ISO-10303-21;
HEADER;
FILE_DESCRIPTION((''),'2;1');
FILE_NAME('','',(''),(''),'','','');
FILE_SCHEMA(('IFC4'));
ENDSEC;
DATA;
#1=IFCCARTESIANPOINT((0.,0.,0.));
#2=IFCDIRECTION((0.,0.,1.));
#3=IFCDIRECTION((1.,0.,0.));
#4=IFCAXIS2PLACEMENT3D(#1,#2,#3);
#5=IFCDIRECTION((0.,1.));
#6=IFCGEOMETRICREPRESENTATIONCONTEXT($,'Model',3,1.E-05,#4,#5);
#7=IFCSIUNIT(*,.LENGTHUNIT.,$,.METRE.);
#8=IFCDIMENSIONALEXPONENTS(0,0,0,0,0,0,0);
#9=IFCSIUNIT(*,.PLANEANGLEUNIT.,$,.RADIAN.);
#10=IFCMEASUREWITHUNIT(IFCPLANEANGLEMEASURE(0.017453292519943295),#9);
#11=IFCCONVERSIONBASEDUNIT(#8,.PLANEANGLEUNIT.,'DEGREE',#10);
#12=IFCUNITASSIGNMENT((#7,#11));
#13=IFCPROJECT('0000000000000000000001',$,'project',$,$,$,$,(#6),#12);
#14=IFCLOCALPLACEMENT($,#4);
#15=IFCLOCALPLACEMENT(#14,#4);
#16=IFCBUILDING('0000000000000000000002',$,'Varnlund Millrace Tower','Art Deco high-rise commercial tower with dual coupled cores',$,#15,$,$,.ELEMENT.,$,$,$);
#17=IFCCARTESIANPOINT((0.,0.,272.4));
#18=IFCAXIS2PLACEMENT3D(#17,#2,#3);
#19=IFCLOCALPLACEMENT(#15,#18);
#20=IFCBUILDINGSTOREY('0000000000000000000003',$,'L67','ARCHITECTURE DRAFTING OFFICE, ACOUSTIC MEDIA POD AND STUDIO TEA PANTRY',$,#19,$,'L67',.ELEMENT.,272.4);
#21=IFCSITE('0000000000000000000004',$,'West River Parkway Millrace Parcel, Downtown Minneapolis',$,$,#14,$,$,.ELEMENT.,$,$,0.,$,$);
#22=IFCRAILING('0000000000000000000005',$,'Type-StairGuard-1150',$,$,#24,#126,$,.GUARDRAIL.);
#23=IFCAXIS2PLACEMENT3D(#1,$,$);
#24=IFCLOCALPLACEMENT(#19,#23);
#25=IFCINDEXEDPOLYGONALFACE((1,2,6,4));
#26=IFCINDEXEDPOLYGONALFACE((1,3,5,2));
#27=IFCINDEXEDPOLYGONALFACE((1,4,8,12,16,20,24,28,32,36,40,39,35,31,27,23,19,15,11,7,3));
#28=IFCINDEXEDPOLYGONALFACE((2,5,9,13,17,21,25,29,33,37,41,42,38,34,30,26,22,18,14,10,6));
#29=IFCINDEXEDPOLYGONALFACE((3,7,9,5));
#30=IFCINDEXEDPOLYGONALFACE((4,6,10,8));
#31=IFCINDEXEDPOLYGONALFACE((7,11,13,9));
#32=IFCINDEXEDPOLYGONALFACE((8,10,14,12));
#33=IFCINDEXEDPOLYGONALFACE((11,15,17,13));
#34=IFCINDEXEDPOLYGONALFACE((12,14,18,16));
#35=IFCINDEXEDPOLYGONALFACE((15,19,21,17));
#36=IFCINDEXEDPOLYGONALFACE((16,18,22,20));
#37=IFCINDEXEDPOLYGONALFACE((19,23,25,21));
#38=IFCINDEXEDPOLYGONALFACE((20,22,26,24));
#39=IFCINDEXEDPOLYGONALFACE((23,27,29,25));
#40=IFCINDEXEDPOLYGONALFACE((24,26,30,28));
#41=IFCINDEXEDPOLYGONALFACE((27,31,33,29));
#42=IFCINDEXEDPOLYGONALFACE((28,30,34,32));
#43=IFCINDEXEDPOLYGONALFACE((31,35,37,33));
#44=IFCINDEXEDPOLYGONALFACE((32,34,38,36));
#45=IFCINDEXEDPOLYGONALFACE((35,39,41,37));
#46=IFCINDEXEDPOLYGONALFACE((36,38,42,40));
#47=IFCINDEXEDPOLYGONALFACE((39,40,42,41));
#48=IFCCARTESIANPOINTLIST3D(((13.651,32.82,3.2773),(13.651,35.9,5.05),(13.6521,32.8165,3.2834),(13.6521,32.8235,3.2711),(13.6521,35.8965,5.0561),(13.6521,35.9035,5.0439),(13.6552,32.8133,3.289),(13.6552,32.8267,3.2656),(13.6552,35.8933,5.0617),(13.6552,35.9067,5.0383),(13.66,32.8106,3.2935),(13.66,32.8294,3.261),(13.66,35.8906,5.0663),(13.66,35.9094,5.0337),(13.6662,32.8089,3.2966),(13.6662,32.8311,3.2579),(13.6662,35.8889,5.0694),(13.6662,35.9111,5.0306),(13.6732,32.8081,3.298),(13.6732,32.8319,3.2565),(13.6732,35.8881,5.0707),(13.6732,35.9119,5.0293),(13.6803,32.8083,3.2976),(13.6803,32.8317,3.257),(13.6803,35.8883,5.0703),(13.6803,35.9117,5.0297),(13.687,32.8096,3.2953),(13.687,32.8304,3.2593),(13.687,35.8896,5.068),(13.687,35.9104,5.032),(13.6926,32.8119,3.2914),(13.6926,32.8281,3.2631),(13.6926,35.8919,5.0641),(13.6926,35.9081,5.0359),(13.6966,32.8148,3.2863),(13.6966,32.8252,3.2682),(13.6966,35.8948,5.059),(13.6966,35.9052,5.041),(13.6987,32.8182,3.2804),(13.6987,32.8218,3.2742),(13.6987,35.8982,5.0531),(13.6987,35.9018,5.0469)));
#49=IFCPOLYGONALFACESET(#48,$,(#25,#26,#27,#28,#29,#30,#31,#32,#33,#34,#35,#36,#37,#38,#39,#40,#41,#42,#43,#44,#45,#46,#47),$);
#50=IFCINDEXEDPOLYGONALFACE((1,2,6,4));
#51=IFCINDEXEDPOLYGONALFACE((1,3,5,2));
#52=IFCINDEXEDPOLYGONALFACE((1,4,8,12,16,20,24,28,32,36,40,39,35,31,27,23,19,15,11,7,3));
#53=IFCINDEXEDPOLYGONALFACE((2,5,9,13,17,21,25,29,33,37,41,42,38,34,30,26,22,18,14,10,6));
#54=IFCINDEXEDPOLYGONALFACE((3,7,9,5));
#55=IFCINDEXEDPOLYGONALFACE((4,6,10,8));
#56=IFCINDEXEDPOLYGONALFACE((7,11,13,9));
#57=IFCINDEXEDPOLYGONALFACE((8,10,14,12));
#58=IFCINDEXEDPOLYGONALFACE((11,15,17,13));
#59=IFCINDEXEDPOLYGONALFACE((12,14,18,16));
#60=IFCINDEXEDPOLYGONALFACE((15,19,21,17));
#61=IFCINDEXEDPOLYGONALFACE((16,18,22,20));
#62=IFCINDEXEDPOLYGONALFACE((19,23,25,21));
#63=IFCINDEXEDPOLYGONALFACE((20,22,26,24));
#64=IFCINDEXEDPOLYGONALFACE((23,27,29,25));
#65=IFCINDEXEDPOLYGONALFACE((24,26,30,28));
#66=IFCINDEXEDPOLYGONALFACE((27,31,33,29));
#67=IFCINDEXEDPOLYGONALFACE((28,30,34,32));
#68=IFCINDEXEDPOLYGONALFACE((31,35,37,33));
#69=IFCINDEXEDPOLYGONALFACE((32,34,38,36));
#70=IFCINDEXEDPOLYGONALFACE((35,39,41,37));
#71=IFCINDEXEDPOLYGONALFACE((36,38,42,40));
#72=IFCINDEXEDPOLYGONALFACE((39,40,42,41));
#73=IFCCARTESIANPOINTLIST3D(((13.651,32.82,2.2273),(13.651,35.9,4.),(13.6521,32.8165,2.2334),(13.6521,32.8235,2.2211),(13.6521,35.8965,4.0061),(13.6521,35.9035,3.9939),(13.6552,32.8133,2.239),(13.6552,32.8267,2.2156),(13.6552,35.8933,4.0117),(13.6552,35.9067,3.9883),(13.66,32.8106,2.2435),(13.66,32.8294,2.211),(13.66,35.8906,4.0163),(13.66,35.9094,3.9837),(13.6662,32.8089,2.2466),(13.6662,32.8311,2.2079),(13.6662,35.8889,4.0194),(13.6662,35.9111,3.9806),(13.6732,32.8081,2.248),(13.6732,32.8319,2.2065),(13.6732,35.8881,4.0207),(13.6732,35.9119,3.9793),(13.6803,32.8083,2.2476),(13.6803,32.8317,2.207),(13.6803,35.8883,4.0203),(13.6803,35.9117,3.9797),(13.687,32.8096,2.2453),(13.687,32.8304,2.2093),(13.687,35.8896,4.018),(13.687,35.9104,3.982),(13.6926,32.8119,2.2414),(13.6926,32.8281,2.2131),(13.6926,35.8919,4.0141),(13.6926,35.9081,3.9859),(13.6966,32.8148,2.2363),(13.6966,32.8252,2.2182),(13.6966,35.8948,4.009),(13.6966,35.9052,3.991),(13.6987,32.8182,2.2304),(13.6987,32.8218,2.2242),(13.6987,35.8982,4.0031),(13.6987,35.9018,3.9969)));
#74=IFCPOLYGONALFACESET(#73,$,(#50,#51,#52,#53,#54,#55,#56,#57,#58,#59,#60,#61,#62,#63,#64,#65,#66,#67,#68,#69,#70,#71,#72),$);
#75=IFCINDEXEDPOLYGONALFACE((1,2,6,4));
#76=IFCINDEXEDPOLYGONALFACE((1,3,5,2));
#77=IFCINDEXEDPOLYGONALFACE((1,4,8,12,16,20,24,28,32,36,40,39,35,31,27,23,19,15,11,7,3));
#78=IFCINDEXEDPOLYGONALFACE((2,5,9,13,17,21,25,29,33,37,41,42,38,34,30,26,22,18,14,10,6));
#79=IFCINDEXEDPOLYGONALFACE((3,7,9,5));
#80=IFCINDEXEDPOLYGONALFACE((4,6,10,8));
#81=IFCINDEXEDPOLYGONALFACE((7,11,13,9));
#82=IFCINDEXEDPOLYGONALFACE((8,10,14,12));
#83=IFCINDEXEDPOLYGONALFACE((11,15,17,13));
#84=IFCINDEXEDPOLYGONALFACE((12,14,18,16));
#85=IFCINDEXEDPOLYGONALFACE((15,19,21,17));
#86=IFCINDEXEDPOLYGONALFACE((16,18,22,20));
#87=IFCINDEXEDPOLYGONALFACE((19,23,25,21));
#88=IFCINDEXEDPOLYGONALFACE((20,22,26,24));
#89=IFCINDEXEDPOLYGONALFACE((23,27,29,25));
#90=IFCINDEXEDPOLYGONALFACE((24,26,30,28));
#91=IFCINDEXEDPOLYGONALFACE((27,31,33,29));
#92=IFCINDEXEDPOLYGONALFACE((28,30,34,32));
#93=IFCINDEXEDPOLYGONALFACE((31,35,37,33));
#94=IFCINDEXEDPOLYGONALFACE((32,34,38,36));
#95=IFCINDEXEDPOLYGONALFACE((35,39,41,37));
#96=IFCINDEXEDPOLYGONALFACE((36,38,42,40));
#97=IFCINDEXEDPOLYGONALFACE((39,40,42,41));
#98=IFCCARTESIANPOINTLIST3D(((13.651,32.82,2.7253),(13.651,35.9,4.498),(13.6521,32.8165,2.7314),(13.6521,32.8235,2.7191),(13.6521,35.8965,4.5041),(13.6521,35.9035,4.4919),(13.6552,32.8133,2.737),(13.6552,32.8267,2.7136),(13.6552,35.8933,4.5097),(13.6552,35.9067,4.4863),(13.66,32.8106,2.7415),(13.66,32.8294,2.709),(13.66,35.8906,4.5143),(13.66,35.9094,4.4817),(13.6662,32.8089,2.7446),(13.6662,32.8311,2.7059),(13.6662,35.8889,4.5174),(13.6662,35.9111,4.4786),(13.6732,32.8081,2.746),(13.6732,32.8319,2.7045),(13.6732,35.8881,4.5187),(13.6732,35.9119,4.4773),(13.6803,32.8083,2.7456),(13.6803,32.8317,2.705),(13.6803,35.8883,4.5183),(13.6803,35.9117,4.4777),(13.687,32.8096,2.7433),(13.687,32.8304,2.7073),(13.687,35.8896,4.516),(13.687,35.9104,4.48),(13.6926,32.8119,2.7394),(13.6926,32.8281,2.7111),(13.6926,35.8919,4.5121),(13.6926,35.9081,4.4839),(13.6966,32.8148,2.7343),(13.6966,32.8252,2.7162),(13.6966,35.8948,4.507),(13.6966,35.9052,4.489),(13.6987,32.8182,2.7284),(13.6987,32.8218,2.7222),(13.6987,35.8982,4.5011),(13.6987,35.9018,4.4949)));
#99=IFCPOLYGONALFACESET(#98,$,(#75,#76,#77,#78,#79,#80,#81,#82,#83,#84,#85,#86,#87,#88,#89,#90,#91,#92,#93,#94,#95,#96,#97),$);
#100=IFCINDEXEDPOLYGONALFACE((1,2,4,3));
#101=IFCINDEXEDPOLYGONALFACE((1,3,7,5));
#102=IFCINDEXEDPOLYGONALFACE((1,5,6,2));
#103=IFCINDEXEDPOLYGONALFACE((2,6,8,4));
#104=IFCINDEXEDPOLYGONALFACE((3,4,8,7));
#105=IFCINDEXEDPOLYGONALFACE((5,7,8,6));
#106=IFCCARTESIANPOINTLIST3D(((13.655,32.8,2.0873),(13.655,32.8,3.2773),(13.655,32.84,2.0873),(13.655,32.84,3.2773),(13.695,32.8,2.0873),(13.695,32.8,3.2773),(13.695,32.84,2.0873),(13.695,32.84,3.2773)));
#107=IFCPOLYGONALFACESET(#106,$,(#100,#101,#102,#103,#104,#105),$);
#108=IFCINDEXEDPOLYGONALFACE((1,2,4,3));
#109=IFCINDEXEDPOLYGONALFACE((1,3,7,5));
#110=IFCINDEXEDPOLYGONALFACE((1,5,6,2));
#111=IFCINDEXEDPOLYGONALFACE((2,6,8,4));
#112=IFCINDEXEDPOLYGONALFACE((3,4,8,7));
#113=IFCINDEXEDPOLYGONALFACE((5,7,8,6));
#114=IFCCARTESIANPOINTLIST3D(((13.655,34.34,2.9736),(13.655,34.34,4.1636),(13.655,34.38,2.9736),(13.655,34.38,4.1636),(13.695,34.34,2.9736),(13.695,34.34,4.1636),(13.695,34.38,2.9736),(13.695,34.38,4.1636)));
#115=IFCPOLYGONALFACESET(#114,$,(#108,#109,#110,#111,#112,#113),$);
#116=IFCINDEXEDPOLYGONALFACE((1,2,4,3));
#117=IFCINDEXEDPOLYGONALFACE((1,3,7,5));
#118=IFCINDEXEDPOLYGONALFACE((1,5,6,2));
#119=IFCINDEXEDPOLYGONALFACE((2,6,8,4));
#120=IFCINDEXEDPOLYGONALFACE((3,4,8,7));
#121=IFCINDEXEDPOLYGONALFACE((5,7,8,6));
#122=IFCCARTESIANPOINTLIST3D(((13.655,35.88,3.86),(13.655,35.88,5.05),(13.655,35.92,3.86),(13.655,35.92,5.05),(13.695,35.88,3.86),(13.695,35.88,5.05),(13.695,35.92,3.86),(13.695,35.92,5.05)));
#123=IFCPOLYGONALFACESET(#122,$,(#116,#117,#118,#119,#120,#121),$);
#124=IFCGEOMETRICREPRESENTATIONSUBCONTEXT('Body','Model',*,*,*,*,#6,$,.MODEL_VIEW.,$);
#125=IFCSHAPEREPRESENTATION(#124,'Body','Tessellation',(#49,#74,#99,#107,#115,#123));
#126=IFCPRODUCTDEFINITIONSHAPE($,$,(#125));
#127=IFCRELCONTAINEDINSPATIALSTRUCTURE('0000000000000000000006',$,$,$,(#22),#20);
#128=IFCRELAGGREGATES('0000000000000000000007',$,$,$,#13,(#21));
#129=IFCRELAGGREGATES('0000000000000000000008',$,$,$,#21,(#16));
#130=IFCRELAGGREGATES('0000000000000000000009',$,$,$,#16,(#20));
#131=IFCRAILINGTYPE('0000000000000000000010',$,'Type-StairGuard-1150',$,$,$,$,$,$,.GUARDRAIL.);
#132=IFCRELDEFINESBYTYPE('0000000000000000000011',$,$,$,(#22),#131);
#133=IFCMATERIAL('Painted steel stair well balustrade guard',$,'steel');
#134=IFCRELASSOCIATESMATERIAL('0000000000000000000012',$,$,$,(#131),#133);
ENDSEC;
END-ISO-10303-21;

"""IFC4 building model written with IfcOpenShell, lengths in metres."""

from ifc_helpers import new_model, entity, si_unit, converted_unit, direction, frame, origin_with_axes, origin_2d_with_axis, place, context, subcontext, project, spatial, rectangle, circle, extrude, material, type_object, element, save


model = new_model("IFC4")

# Units and contexts
model_context = context("Model", 3, precision=1e-05, world=origin_with_axes(), true_north=direction((0.0, 1.0)))
body_context = subcontext(model_context, "Body", "Model", "MODEL_VIEW")
ifc_project = project(units=[si_unit("LENGTHUNIT", "METRE"), converted_unit("PLANEANGLEUNIT", "DEGREE", entity("IfcPlaneAngleMeasure", 0.017453292519943295), si_unit("PLANEANGLEUNIT", "RADIAN"), dimensions=[0, 0, 0, 0, 0, 0, 0])], contexts=[model_context])

# Site, building, storey
site_placement = place(None, origin_with_axes())
site = spatial("IfcSite", under=ifc_project, at=site_placement, Name="West River Parkway Millrace Parcel, Downtown Minneapolis", CompositionType="ELEMENT", RefElevation=0.0)
building_placement = place(site_placement, origin_with_axes())
building = spatial("IfcBuilding", under=site, at=building_placement, Name="Varnlund Millrace Tower", Description="Art Deco high-rise commercial tower with dual coupled cores", CompositionType="ELEMENT")
storey_placement = place(building_placement, frame((0.0, 0.0, 272.4), z_axis=(0.0, 0.0, 1.0), x_axis=(1.0, 0.0, 0.0)))
storey = spatial("IfcBuildingStorey", under=building, at=storey_placement, Name="L67", Description="ARCHITECTURE DRAFTING OFFICE, ACOUSTIC MEDIA POD AND STUDIO TEA PANTRY", LongName="L67", CompositionType="ELEMENT", Elevation=272.4)

# Railing
ifc_material_1 = material(Name="Painted steel stair well balustrade guard", Category="steel")
railing_type_1 = type_object("IfcRailingType", Name="Type-StairGuard-1150", PredefinedType="GUARDRAIL", material=ifc_material_1)
railing_1_placement = place(storey_placement, frame((0.0, 0.0, -272.4), z_axis=(0.0, 0.0, 1.0), x_axis=(1.0, 0.0, 0.0)))
element("IfcRailing", 1, at=railing_1_placement, inside=storey, type_object=railing_type_1, Name="Type-StairGuard-1150", PredefinedType="GUARDRAIL", context=body_context, shape_type="SweptSolid", body=[
    extrude(circle(Radius=0.024, at=origin_2d_with_axis()), frame((13.675, 32.82, 275.6773), z_axis=(0.0, 0.866696, 0.498836), x_axis=(-1.0, 0.0, 0.0)), (0.0, 0.0, 1.0), 3.5537),
    extrude(circle(Radius=0.024, at=origin_2d_with_axis()), frame((13.675, 32.82, 274.6273), z_axis=(0.0, 0.866696, 0.498836), x_axis=(-1.0, 0.0, 0.0)), (0.0, 0.0, 1.0), 3.5537),
    extrude(circle(Radius=0.024, at=origin_2d_with_axis()), frame((13.675, 32.82, 275.1253), z_axis=(0.0, 0.866696, 0.498836), x_axis=(-1.0, 0.0, 0.0)), (0.0, 0.0, 1.0), 3.5537),
    extrude(rectangle(XDim=0.04, YDim=0.04, at=origin_2d_with_axis()), frame((13.675, 32.82, 274.4873), z_axis=(0.0, 0.0, 1.0), x_axis=(1.0, 0.0, 0.0)), (0.0, 0.0, 1.0), 1.19),
    extrude(rectangle(XDim=0.04, YDim=0.04, at=origin_2d_with_axis()), frame((13.675, 34.36, 275.3736), z_axis=(0.0, 0.0, 1.0), x_axis=(1.0, 0.0, 0.0)), (0.0, 0.0, 1.0), 1.19),
    extrude(rectangle(XDim=0.04, YDim=0.04, at=origin_2d_with_axis()), frame((13.675, 35.9, 276.26), z_axis=(0.0, 0.0, 1.0), x_axis=(1.0, 0.0, 0.0)), (0.0, 0.0, 1.0), 1.19),
])

save(model, "model.ifc")
